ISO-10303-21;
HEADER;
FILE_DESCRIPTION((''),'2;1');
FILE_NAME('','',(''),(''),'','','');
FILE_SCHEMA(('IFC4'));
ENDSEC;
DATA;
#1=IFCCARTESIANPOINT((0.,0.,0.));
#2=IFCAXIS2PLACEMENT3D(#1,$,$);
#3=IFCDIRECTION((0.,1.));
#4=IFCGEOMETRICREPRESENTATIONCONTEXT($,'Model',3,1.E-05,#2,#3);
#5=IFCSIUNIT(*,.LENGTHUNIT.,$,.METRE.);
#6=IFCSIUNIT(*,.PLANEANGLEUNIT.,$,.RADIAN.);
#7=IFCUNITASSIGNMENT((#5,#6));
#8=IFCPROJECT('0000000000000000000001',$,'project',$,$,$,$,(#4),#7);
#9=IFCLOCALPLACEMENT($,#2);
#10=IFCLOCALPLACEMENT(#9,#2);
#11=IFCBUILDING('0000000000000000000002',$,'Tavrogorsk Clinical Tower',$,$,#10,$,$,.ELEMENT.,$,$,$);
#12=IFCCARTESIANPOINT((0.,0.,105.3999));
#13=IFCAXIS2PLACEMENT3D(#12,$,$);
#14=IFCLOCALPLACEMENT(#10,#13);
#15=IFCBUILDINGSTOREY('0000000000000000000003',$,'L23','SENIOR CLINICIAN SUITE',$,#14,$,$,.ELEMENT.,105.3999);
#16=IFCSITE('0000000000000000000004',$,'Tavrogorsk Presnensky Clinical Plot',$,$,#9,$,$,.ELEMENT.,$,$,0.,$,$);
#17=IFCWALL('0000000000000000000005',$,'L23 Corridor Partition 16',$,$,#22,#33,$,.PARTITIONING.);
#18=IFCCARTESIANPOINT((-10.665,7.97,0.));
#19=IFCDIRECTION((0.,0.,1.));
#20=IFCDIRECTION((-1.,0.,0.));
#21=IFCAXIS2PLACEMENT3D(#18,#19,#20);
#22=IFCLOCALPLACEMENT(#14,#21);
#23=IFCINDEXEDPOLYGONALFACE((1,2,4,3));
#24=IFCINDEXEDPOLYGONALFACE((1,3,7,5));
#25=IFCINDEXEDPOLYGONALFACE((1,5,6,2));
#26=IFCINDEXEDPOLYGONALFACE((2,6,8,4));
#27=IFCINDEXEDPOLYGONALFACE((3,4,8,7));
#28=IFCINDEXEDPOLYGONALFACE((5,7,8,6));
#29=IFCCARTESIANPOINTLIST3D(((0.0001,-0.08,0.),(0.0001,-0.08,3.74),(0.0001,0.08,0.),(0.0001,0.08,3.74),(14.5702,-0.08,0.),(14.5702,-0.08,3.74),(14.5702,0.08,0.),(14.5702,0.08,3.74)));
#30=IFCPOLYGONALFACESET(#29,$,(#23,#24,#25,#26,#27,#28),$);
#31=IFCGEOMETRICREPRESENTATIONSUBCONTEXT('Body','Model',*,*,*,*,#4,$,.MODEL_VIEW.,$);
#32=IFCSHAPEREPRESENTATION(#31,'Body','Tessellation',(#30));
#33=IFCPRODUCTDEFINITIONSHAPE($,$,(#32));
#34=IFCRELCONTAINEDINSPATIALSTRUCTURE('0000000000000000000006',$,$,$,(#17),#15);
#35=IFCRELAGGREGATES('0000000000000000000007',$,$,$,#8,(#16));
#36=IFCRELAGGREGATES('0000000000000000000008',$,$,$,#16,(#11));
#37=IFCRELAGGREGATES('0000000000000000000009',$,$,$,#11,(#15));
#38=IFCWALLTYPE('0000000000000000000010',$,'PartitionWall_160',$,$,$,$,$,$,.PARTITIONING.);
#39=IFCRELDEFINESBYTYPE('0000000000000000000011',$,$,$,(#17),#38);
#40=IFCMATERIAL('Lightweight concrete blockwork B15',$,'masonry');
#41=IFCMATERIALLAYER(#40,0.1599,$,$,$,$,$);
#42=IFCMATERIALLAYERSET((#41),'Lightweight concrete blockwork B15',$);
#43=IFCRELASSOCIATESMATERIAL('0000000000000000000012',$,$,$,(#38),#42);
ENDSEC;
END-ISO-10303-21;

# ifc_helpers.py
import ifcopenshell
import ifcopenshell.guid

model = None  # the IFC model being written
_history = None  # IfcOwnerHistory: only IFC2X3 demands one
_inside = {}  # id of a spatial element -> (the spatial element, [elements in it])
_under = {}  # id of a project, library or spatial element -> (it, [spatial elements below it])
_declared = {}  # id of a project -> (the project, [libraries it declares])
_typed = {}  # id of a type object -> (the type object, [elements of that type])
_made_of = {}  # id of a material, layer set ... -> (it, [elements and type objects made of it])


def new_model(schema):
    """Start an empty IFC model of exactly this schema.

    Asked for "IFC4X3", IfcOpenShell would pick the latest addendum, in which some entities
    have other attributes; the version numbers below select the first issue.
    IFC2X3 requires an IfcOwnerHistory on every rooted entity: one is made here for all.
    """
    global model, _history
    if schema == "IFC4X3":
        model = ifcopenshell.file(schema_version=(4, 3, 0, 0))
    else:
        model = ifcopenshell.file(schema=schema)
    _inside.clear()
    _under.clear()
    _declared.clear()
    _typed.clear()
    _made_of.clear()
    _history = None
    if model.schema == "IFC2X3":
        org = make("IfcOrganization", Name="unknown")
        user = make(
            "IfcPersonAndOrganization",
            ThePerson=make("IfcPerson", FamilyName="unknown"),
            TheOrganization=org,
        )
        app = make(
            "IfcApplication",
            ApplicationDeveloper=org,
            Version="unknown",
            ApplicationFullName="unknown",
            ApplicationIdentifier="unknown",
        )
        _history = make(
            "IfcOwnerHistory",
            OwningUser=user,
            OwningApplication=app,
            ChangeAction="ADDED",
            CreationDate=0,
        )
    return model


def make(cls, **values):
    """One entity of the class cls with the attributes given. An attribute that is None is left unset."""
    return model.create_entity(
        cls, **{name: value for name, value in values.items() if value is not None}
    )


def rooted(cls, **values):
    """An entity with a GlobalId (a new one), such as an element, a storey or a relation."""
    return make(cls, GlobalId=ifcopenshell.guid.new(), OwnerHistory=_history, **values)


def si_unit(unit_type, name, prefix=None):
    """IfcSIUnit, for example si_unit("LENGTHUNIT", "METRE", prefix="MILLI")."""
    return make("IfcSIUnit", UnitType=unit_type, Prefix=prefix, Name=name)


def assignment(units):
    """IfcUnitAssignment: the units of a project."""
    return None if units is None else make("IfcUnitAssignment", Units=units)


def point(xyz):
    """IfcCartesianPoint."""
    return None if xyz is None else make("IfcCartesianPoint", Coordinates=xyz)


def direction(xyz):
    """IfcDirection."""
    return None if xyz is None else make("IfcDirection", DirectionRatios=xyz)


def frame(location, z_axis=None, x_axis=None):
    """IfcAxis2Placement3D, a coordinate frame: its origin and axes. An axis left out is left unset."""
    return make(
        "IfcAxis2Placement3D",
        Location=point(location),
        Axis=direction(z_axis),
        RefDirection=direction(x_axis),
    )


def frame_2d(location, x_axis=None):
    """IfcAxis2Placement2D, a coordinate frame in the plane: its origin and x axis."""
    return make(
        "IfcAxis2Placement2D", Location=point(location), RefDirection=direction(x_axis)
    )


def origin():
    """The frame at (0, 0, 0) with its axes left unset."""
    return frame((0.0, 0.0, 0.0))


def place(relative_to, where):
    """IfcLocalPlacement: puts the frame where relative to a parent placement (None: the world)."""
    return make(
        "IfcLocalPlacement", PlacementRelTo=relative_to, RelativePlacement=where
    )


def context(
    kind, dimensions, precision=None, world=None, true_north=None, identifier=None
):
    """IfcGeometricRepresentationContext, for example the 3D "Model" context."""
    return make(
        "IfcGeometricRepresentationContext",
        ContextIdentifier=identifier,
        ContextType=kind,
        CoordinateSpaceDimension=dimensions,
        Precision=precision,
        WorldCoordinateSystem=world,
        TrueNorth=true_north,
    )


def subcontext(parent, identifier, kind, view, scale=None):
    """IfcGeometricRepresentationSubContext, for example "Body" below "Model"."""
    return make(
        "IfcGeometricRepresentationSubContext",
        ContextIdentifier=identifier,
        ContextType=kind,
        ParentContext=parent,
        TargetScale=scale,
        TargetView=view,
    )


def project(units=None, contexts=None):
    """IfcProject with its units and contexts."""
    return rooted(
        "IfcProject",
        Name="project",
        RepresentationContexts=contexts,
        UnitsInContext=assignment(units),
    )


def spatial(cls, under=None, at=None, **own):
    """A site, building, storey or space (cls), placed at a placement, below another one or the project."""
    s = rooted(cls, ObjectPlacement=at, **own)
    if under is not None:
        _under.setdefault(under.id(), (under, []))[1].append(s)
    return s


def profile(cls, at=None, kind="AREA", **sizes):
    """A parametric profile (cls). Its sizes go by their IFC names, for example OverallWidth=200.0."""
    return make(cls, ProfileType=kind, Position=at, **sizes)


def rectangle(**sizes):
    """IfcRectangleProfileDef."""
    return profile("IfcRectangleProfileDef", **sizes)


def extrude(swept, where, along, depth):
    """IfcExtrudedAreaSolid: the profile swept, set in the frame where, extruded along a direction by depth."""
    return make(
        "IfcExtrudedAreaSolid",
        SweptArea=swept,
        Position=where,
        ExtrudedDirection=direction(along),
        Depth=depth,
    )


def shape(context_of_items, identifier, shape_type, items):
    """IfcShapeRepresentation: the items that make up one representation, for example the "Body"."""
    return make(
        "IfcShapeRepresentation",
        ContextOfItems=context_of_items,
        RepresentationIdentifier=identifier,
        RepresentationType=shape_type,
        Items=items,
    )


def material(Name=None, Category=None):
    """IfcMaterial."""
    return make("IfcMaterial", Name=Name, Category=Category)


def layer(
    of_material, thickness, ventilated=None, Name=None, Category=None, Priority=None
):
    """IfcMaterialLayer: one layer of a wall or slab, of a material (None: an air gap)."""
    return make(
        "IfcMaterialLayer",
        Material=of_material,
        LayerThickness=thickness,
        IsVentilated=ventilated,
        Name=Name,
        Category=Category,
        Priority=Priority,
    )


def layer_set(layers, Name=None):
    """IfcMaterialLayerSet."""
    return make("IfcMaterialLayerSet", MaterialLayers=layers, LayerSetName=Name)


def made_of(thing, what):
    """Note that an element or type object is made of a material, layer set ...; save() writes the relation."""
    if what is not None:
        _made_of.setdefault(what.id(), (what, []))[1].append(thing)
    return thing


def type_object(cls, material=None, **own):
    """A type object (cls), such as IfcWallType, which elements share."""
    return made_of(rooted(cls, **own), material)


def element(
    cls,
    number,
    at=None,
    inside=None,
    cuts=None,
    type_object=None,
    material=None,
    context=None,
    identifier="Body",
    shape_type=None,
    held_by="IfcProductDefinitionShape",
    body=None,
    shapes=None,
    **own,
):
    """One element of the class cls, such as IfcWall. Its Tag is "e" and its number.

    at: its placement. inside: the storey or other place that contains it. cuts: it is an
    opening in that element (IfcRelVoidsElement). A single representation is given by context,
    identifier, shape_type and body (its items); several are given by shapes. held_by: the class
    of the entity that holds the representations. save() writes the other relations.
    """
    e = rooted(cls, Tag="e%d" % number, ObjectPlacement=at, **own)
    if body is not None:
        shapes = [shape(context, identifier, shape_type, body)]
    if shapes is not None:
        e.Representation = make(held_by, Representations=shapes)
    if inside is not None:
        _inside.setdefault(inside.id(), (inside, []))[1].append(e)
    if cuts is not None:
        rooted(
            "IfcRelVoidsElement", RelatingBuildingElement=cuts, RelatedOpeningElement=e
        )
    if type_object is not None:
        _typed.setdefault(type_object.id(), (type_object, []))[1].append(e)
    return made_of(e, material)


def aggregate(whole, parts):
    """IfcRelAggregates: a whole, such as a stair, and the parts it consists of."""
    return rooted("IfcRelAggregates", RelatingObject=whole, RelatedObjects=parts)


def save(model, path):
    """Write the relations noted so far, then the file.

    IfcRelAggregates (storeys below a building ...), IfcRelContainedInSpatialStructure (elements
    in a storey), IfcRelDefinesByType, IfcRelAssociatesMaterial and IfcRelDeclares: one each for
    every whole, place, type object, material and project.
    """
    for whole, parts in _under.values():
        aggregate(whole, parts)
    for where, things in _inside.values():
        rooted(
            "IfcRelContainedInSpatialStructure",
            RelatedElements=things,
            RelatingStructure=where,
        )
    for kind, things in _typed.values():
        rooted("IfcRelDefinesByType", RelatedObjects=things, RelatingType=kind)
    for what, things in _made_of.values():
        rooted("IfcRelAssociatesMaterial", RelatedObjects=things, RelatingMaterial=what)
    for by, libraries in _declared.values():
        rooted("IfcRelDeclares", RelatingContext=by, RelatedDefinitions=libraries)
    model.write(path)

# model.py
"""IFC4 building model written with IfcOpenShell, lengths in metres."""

from ifc_helpers import new_model, si_unit, direction, frame, frame_2d, origin, place, context, subcontext, project, spatial, rectangle, extrude, material, layer, layer_set, type_object, element, save


model = new_model("IFC4")

# Units and contexts
model_context = context("Model", 3, precision=1e-05, world=origin(), true_north=direction((0.0, 1.0)))
body_context = subcontext(model_context, "Body", "Model", "MODEL_VIEW")
ifc_project = project(units=[si_unit("LENGTHUNIT", "METRE"), si_unit("PLANEANGLEUNIT", "RADIAN")], contexts=[model_context])

# Site, building, storey
site_placement = place(None, origin())
site = spatial("IfcSite", under=ifc_project, at=site_placement, Name="Tavrogorsk Presnensky Clinical Plot", CompositionType="ELEMENT", RefElevation=0.0)
building_placement = place(site_placement, origin())
building = spatial("IfcBuilding", under=site, at=building_placement, Name="Tavrogorsk Clinical Tower", CompositionType="ELEMENT")
storey_placement = place(building_placement, frame((0.0, 0.0, 105.3999)))
storey = spatial("IfcBuildingStorey", under=building, at=storey_placement, Name="L23", Description="SENIOR CLINICIAN SUITE", CompositionType="ELEMENT", Elevation=105.3999)

# Shared definitions
ifc_material_1 = material(Name="Lightweight concrete blockwork B15", Category="masonry")
ifc_layer_1 = layer(ifc_material_1, 0.1599)
ifc_layer_set_1 = layer_set([ifc_layer_1], Name="Lightweight concrete blockwork B15")
wall_type_1 = type_object("IfcWallType", Name="PartitionWall_160", PredefinedType="PARTITIONING", material=ifc_layer_set_1)

# Wall
wall_1_placement = place(storey_placement, frame((-10.665, 7.97, 0.0), z_axis=(0.0, 0.0, 1.0), x_axis=(-1.0, 0.0, 0.0)))
element("IfcWall", 1, at=wall_1_placement, inside=storey, type_object=wall_type_1, Name="L23 Corridor Partition 16", PredefinedType="PARTITIONING", context=body_context, shape_type="SweptSolid", body=[
    extrude(rectangle(XDim=14.5701, YDim=0.1599, at=frame_2d((7.2852, 0.0))), origin(), (0.0, 0.0, 1.0), 3.74),
])

save(model, "model.ifc")
